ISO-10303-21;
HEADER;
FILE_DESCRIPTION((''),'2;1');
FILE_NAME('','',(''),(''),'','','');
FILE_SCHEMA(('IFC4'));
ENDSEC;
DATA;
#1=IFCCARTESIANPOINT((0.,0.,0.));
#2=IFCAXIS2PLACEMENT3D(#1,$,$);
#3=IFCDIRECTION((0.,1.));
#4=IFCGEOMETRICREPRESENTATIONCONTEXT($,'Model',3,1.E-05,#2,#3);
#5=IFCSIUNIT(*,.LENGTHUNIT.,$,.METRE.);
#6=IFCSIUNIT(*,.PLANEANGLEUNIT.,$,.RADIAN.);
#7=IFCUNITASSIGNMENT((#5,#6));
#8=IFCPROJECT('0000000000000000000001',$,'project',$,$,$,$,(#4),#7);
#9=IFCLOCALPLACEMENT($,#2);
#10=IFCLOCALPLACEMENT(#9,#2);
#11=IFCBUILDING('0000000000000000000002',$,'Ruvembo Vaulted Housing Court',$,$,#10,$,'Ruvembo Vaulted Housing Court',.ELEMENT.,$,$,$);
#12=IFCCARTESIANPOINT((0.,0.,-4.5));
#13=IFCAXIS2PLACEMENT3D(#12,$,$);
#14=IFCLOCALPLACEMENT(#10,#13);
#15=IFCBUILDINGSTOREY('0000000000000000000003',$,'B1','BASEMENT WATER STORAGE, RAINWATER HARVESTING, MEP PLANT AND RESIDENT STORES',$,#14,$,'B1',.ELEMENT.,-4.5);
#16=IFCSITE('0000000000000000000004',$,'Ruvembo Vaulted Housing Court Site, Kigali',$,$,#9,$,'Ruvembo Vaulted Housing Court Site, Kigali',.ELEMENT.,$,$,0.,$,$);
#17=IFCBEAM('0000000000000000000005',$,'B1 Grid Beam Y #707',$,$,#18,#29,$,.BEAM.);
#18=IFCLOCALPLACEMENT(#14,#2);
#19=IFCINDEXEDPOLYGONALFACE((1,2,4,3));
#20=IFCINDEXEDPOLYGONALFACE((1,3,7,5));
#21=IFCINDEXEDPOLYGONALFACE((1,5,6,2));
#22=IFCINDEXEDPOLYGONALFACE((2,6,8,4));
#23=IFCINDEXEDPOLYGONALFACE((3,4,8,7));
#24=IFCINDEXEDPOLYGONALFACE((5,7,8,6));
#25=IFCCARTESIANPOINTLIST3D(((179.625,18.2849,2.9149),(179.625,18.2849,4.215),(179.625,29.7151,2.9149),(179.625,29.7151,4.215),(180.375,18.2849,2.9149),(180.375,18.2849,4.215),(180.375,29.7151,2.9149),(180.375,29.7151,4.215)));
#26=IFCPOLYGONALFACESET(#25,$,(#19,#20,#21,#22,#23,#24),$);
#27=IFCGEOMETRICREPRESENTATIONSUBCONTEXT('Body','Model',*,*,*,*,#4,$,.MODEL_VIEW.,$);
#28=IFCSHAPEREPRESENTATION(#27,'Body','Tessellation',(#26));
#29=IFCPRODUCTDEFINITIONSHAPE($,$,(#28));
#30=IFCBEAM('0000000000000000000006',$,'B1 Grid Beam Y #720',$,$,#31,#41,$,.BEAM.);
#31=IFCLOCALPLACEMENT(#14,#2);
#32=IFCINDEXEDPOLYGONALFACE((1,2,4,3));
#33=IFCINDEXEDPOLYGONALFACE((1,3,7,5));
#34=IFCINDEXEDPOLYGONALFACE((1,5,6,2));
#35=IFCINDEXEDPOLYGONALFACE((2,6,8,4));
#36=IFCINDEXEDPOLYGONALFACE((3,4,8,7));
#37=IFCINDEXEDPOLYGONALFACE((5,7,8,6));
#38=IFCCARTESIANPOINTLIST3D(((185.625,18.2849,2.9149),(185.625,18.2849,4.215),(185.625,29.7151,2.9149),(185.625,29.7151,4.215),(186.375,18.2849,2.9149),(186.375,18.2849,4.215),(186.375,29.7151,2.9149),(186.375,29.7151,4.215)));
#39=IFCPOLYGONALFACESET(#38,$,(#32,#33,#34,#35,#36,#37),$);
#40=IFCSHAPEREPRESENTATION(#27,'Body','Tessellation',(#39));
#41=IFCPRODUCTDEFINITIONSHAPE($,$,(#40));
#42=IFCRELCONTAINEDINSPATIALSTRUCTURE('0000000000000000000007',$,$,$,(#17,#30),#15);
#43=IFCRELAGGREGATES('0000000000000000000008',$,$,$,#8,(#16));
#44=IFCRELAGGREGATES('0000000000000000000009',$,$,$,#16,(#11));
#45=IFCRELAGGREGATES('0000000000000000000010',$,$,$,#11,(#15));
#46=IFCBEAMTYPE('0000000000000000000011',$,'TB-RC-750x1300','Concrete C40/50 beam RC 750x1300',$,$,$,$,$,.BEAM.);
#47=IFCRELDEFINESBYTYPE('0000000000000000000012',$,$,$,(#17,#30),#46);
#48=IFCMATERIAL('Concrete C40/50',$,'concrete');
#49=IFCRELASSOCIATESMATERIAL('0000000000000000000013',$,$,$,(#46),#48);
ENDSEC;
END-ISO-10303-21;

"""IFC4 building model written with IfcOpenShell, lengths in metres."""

from ifc_helpers import new_model, si_unit, direction, frame, origin, origin_2d, place, context, subcontext, project, spatial, rectangle, extrude, material, material_profile, profile_set, type_object, element, save


model = new_model("IFC4")

# Units and contexts
model_context = context("Model", 3, precision=1e-05, world=origin(), true_north=direction((0.0, 1.0)))
body_context = subcontext(model_context, "Body", "Model", "MODEL_VIEW")
ifc_project = project(units=[si_unit("LENGTHUNIT", "METRE"), si_unit("PLANEANGLEUNIT", "RADIAN")], contexts=[model_context])

# Site, building, storey
site_placement = place(None, origin())
site = spatial("IfcSite", under=ifc_project, at=site_placement, Name="Ruvembo Vaulted Housing Court Site, Kigali", LongName="Ruvembo Vaulted Housing Court Site, Kigali", CompositionType="ELEMENT", RefElevation=0.0)
building_placement = place(site_placement, origin())
building = spatial("IfcBuilding", under=site, at=building_placement, Name="Ruvembo Vaulted Housing Court", LongName="Ruvembo Vaulted Housing Court", CompositionType="ELEMENT")
storey_placement = place(building_placement, frame((0.0, 0.0, -4.5)))
storey = spatial("IfcBuildingStorey", under=building, at=storey_placement, Name="B1", Description="BASEMENT WATER STORAGE, RAINWATER HARVESTING, MEP PLANT AND RESIDENT STORES", LongName="B1", CompositionType="ELEMENT", Elevation=-4.5)

# Shared definitions
ifc_material_1 = material(Name="Concrete C40/50", Category="concrete")

# Beams
ifc_material_profile_1 = material_profile(ifc_material_1, rectangle(XDim=0.75, YDim=1.3, at=origin_2d()), Name="RC 750x1300")
ifc_profile_set_1 = profile_set([ifc_material_profile_1], Name="Concrete C40/50")
beam_type_1 = type_object("IfcBeamType", Name="TB-RC-750x1300", Description="Concrete C40/50 beam RC 750x1300", PredefinedType="BEAM", material=ifc_profile_set_1)
for number, where, z_axis, x_axis, name in (
    (1, (180.0, 18.2849, 3.5649), (0.0, 1.0, 0.0), (-1.0, 0.0, 0.0), "B1 Grid Beam Y #707"),
    (2, (186.0, 18.2849, 3.5649), (0.0, 1.0, 0.0), (-1.0, 0.0, 0.0), "B1 Grid Beam Y #720"),
):
    element("IfcBeam", number, at=place(storey_placement, frame(where, z_axis=z_axis, x_axis=x_axis)), inside=storey, type_object=beam_type_1, Name=name, PredefinedType="BEAM", context=body_context, shape_type="SweptSolid", body=[
        extrude(rectangle(XDim=0.75, YDim=1.3, at=origin_2d()), origin(), (0.0, 0.0, 1.0), 11.4302),
    ])

save(model, "model.ifc")
